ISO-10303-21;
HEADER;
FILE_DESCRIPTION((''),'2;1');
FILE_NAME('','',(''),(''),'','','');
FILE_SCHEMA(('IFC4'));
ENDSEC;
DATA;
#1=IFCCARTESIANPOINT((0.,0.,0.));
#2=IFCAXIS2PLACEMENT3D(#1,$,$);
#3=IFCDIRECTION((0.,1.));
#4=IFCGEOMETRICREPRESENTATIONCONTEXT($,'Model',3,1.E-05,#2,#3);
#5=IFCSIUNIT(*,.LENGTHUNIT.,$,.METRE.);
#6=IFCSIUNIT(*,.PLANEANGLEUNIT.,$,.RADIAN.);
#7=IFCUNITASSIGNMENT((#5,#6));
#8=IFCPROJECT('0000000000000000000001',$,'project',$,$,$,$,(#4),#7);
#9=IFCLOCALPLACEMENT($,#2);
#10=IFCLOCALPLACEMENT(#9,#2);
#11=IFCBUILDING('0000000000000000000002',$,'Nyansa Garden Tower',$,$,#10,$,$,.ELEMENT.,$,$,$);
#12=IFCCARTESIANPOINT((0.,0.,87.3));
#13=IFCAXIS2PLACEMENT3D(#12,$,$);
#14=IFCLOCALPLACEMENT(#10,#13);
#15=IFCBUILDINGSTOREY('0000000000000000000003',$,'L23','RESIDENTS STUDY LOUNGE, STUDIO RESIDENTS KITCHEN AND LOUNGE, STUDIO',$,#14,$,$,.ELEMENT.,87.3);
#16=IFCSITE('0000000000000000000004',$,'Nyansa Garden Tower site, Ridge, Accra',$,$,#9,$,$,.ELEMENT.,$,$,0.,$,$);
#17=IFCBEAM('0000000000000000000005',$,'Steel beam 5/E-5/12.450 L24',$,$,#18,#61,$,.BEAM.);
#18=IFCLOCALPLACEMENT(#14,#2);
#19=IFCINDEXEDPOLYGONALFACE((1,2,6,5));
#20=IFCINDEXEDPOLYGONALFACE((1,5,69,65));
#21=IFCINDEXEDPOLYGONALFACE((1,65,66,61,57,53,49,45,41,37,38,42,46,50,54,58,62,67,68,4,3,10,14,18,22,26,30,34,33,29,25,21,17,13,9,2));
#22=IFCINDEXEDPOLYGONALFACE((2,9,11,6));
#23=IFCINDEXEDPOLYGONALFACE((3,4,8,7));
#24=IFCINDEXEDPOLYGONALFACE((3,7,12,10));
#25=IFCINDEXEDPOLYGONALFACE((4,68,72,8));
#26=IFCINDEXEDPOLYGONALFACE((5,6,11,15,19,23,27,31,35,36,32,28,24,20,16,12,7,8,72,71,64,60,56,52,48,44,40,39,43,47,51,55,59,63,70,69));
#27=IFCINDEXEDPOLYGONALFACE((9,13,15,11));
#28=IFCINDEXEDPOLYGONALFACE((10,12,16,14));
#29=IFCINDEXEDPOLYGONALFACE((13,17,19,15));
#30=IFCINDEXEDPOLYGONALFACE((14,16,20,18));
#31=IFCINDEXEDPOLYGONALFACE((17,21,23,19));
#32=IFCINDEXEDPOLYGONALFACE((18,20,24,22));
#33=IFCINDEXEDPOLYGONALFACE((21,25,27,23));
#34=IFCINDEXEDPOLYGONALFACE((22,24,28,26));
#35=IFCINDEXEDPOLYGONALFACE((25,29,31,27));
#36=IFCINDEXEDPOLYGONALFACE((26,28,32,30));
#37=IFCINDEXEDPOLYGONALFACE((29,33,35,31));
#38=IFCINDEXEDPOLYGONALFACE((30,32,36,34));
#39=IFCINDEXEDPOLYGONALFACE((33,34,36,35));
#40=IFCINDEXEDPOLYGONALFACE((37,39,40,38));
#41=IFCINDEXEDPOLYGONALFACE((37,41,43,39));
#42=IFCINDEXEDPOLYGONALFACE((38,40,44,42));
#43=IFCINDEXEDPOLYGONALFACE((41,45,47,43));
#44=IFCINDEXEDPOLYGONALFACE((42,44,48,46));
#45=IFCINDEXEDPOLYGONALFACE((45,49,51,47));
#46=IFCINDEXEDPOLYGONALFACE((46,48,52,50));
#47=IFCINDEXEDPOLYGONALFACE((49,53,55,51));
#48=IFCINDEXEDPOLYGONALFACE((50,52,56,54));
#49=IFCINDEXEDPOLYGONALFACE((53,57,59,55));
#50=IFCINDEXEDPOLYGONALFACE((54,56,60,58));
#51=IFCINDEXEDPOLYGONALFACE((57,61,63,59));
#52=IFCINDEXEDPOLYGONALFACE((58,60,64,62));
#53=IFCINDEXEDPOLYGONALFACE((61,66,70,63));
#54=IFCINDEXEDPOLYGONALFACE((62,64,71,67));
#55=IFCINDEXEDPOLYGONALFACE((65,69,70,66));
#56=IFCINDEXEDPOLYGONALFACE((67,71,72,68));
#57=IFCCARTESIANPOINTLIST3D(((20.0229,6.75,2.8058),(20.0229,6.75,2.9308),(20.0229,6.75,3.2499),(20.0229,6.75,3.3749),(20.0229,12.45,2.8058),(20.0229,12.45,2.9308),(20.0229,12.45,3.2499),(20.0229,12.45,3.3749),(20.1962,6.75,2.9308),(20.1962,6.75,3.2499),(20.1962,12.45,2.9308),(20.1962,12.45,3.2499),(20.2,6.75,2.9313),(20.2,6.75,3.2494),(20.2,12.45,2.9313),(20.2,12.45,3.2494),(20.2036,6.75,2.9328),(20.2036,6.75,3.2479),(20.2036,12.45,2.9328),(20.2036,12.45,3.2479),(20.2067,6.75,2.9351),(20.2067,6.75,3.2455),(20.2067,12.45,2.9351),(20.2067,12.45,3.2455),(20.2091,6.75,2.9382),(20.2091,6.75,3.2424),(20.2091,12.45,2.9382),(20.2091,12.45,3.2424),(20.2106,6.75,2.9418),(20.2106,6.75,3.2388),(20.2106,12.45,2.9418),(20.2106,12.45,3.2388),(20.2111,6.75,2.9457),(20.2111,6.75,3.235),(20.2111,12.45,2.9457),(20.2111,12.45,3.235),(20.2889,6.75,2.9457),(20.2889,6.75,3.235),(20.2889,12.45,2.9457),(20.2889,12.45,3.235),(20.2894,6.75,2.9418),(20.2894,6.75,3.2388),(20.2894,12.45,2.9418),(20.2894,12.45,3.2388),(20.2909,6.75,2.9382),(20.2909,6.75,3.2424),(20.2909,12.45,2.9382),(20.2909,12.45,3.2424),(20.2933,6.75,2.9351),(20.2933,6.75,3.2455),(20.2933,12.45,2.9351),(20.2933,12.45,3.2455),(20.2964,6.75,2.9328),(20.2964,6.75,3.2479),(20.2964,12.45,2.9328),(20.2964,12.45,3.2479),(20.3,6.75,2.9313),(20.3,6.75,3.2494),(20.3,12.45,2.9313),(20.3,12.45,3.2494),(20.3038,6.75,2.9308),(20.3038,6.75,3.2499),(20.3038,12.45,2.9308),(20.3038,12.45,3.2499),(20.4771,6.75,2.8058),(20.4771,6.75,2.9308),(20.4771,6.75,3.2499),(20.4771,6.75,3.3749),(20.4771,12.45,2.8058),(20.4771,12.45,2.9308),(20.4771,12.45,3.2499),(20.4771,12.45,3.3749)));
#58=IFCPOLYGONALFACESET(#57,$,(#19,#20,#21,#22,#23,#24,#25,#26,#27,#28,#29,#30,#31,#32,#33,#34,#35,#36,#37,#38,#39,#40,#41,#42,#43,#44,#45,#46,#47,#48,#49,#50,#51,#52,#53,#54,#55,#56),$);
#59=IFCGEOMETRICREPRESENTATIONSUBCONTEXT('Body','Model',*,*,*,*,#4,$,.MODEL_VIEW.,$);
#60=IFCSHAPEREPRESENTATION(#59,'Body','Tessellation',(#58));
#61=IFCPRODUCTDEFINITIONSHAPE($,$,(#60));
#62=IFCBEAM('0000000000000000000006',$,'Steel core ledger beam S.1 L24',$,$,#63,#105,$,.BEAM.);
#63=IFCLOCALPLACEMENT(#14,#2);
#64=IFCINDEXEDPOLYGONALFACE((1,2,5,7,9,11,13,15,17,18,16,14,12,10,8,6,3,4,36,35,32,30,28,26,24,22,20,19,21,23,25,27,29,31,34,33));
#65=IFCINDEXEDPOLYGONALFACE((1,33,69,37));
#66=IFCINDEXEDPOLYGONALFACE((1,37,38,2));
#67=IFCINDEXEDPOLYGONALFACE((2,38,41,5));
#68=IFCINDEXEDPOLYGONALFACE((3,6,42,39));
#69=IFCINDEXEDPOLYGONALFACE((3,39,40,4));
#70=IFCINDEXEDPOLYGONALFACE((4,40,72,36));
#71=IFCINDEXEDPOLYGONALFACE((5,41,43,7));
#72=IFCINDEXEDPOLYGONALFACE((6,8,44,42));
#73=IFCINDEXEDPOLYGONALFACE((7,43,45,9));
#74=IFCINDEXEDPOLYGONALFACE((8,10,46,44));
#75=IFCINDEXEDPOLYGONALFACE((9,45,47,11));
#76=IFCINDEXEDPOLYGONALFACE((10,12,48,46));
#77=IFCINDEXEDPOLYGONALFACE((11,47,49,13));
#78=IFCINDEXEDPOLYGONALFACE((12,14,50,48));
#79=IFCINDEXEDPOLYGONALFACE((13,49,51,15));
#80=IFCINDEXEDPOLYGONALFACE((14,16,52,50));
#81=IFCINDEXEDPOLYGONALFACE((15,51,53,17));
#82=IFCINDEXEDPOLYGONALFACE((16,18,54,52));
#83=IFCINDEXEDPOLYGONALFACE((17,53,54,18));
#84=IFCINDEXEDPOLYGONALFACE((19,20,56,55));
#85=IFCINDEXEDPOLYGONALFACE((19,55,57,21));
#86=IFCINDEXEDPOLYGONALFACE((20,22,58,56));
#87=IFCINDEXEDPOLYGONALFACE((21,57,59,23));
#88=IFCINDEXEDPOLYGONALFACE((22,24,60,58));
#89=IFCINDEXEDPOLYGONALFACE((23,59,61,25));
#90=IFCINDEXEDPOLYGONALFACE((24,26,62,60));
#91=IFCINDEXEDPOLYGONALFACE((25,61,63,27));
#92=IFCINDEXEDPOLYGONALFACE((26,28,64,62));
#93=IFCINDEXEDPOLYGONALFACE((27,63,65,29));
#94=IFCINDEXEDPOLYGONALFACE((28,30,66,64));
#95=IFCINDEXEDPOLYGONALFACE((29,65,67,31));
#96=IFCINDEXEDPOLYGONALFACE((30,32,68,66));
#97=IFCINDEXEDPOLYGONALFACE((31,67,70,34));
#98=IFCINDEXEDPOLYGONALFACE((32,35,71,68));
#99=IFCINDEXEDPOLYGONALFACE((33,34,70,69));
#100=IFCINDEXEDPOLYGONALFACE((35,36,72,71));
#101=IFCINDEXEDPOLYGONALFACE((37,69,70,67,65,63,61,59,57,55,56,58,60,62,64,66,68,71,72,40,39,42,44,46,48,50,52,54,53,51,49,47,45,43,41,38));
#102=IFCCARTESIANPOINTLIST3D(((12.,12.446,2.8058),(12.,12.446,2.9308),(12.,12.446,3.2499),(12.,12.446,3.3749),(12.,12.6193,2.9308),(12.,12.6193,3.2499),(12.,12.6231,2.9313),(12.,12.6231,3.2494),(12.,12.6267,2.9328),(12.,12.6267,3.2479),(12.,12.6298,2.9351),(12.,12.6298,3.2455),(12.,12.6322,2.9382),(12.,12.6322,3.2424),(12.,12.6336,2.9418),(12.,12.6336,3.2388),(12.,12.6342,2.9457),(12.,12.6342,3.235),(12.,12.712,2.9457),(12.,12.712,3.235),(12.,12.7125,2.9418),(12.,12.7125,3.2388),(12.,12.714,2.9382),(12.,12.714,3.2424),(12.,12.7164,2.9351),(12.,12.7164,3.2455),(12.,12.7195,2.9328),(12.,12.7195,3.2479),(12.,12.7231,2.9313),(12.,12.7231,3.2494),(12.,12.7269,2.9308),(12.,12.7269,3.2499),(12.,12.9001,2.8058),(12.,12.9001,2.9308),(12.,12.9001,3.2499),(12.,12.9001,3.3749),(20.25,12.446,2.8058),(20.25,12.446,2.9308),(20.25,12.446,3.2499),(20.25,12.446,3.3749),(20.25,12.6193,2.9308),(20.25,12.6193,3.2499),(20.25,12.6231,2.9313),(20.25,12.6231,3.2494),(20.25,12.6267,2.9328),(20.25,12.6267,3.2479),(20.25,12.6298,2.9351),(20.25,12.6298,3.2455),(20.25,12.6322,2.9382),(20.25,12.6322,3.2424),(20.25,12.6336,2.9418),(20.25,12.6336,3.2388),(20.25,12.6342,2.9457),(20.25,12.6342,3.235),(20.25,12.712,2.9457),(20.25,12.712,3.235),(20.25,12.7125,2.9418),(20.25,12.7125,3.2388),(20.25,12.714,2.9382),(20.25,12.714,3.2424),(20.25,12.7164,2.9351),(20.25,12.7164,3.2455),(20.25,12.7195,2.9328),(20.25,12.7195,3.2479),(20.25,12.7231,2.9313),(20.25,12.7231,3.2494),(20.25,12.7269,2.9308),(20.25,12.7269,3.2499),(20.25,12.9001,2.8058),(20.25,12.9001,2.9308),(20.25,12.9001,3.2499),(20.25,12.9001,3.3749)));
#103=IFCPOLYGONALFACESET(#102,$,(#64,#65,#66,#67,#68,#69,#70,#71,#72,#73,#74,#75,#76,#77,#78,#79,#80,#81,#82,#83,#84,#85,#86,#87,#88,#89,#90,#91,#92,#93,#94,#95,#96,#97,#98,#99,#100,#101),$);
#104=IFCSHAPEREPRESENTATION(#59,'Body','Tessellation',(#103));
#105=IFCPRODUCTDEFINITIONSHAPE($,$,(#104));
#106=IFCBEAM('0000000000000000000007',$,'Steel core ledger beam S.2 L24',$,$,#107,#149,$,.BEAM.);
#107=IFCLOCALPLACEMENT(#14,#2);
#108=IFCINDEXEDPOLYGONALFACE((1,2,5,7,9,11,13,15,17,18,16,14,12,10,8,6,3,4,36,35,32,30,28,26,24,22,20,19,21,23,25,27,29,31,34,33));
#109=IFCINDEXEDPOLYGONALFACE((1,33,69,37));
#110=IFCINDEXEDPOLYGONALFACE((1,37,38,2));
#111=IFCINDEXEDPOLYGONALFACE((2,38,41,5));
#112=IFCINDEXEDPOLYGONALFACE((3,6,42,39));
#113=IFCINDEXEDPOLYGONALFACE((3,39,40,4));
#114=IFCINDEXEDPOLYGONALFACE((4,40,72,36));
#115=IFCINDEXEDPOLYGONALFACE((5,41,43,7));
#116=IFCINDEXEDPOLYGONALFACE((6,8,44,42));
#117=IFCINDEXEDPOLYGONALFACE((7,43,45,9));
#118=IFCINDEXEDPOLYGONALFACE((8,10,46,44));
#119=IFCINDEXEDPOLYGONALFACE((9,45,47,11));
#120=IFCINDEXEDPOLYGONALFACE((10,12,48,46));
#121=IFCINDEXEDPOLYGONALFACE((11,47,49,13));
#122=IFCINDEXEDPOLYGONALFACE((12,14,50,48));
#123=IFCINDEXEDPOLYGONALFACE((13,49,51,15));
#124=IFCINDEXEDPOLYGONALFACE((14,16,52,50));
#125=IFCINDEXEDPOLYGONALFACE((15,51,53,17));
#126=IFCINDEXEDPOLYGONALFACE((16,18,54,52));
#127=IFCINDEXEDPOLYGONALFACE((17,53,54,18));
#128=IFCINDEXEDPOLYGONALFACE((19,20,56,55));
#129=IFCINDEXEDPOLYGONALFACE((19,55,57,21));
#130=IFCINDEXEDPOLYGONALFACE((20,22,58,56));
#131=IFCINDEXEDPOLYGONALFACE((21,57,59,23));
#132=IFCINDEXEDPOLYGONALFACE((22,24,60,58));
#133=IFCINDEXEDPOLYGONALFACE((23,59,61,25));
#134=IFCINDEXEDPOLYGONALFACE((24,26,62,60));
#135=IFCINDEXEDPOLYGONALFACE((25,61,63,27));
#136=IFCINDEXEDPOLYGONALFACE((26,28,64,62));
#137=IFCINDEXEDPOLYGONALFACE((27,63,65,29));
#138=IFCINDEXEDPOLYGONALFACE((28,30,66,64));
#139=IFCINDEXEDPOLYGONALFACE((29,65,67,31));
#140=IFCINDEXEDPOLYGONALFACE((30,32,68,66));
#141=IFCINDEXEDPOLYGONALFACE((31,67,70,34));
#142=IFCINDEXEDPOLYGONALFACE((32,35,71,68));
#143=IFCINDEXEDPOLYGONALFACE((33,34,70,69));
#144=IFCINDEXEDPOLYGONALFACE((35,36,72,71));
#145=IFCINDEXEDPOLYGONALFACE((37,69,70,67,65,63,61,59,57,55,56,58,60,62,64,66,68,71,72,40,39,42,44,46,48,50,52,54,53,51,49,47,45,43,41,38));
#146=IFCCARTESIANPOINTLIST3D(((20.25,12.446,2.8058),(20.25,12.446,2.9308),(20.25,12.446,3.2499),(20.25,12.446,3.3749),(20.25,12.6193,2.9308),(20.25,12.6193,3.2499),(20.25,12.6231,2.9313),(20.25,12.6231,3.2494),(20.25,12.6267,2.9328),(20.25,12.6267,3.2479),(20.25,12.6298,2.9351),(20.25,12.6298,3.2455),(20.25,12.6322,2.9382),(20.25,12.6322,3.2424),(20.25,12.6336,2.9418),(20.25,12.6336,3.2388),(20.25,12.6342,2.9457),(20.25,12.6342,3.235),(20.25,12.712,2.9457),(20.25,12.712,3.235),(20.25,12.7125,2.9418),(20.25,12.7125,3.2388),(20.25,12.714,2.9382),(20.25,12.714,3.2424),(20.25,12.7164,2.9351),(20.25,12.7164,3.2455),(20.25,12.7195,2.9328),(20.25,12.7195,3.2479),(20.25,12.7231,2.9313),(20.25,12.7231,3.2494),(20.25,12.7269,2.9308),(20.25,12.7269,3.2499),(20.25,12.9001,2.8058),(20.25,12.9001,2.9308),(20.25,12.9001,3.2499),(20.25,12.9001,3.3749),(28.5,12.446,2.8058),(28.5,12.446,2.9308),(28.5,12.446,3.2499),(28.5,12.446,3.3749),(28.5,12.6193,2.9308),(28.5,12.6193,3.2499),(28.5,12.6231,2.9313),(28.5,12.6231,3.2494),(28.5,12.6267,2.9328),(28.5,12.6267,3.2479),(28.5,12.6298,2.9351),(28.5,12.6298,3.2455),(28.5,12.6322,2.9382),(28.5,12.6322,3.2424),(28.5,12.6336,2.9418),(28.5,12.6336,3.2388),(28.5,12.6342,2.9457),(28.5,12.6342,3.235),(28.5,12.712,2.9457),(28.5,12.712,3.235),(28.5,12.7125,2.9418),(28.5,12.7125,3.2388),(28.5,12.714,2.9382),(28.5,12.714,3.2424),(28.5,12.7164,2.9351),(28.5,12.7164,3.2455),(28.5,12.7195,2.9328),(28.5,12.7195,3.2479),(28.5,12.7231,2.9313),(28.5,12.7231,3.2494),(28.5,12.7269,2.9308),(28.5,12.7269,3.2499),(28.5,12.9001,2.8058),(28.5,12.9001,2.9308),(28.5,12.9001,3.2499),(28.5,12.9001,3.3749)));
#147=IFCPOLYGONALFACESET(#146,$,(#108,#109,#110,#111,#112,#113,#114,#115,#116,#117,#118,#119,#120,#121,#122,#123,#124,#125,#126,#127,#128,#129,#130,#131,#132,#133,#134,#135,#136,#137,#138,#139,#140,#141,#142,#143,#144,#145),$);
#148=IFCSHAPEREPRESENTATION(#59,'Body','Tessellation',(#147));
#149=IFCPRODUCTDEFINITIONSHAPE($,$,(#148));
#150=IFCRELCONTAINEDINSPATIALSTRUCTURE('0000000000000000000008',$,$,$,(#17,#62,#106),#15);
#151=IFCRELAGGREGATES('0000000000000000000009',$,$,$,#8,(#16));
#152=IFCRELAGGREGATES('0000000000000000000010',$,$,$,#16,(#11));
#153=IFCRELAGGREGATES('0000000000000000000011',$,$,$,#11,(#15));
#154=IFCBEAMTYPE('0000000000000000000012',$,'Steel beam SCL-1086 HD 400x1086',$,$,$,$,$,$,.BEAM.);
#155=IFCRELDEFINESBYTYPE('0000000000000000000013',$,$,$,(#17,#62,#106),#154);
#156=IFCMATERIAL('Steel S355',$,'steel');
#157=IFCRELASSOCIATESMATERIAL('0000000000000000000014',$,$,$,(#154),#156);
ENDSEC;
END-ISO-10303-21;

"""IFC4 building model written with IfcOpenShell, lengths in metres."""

from ifc_helpers import new_model, si_unit, direction, frame, origin, origin_2d, place, context, subcontext, project, spatial, i_section, extrude, material, material_profile, profile_set, type_object, element, save


model = new_model("IFC4")

# Units and contexts
model_context = context("Model", 3, precision=1e-05, world=origin(), true_north=direction((0.0, 1.0)))
body_context = subcontext(model_context, "Body", "Model", "MODEL_VIEW")
ifc_project = project(units=[si_unit("LENGTHUNIT", "METRE"), si_unit("PLANEANGLEUNIT", "RADIAN")], contexts=[model_context])

# Site, building, storey
site_placement = place(None, origin())
site = spatial("IfcSite", under=ifc_project, at=site_placement, Name="Nyansa Garden Tower site, Ridge, Accra", CompositionType="ELEMENT", RefElevation=0.0)
building_placement = place(site_placement, origin())
building = spatial("IfcBuilding", under=site, at=building_placement, Name="Nyansa Garden Tower", CompositionType="ELEMENT")
storey_placement = place(building_placement, frame((0.0, 0.0, 87.3)))
storey = spatial("IfcBuildingStorey", under=building, at=storey_placement, Name="L23", Description="RESIDENTS STUDY LOUNGE, STUDIO RESIDENTS KITCHEN AND LOUNGE, STUDIO", CompositionType="ELEMENT", Elevation=87.3)

# Beams
ifc_material_1 = material(Name="Steel S355", Category="steel")
ifc_material_profile_1 = material_profile(ifc_material_1, i_section(OverallWidth=0.4541, OverallDepth=0.5691, WebThickness=0.0779, FlangeThickness=0.125, FilletRadius=0.0149, at=origin_2d()), Name="HD 400x1086")
ifc_profile_set_1 = profile_set([ifc_material_profile_1], Name="Steel S355")
beam_type_1 = type_object("IfcBeamType", Name="Steel beam SCL-1086 HD 400x1086", PredefinedType="BEAM", material=ifc_profile_set_1)
for number, where, z_axis, x_axis, name in (
    (1, (20.25, 6.75, 3.0903), (0.0, 1.0, 0.0), (-1.0, 0.0, 0.0), "Steel beam 5/E-5/12.450 L24"),
):
    element("IfcBeam", number, at=place(storey_placement, frame(where, z_axis=z_axis, x_axis=x_axis)), inside=storey, type_object=beam_type_1, Name=name, PredefinedType="BEAM", context=body_context, shape_type="SweptSolid", body=[
        extrude(i_section(OverallWidth=0.4541, OverallDepth=0.5691, WebThickness=0.0779, FlangeThickness=0.125, FilletRadius=0.0149, at=origin_2d()), origin(), (0.0, 0.0, 1.0), 5.7),
    ])
for number, where, z_axis, x_axis, name in (
    (2, (12.0, 12.6731, 3.0903), (1.0, 0.0, 0.0), (0.0, 1.0, 0.0), "Steel core ledger beam S.1 L24"),
    (3, (20.25, 12.6731, 3.0903), (1.0, 0.0, 0.0), (0.0, 1.0, 0.0), "Steel core ledger beam S.2 L24"),
):
    element("IfcBeam", number, at=place(storey_placement, frame(where, z_axis=z_axis, x_axis=x_axis)), inside=storey, type_object=beam_type_1, Name=name, PredefinedType="BEAM", context=body_context, shape_type="SweptSolid", body=[
        extrude(i_section(OverallWidth=0.4541, OverallDepth=0.5691, WebThickness=0.0779, FlangeThickness=0.125, FilletRadius=0.0149, at=origin_2d()), origin(), (0.0, 0.0, 1.0), 8.25),
    ])

save(model, "model.ifc")
